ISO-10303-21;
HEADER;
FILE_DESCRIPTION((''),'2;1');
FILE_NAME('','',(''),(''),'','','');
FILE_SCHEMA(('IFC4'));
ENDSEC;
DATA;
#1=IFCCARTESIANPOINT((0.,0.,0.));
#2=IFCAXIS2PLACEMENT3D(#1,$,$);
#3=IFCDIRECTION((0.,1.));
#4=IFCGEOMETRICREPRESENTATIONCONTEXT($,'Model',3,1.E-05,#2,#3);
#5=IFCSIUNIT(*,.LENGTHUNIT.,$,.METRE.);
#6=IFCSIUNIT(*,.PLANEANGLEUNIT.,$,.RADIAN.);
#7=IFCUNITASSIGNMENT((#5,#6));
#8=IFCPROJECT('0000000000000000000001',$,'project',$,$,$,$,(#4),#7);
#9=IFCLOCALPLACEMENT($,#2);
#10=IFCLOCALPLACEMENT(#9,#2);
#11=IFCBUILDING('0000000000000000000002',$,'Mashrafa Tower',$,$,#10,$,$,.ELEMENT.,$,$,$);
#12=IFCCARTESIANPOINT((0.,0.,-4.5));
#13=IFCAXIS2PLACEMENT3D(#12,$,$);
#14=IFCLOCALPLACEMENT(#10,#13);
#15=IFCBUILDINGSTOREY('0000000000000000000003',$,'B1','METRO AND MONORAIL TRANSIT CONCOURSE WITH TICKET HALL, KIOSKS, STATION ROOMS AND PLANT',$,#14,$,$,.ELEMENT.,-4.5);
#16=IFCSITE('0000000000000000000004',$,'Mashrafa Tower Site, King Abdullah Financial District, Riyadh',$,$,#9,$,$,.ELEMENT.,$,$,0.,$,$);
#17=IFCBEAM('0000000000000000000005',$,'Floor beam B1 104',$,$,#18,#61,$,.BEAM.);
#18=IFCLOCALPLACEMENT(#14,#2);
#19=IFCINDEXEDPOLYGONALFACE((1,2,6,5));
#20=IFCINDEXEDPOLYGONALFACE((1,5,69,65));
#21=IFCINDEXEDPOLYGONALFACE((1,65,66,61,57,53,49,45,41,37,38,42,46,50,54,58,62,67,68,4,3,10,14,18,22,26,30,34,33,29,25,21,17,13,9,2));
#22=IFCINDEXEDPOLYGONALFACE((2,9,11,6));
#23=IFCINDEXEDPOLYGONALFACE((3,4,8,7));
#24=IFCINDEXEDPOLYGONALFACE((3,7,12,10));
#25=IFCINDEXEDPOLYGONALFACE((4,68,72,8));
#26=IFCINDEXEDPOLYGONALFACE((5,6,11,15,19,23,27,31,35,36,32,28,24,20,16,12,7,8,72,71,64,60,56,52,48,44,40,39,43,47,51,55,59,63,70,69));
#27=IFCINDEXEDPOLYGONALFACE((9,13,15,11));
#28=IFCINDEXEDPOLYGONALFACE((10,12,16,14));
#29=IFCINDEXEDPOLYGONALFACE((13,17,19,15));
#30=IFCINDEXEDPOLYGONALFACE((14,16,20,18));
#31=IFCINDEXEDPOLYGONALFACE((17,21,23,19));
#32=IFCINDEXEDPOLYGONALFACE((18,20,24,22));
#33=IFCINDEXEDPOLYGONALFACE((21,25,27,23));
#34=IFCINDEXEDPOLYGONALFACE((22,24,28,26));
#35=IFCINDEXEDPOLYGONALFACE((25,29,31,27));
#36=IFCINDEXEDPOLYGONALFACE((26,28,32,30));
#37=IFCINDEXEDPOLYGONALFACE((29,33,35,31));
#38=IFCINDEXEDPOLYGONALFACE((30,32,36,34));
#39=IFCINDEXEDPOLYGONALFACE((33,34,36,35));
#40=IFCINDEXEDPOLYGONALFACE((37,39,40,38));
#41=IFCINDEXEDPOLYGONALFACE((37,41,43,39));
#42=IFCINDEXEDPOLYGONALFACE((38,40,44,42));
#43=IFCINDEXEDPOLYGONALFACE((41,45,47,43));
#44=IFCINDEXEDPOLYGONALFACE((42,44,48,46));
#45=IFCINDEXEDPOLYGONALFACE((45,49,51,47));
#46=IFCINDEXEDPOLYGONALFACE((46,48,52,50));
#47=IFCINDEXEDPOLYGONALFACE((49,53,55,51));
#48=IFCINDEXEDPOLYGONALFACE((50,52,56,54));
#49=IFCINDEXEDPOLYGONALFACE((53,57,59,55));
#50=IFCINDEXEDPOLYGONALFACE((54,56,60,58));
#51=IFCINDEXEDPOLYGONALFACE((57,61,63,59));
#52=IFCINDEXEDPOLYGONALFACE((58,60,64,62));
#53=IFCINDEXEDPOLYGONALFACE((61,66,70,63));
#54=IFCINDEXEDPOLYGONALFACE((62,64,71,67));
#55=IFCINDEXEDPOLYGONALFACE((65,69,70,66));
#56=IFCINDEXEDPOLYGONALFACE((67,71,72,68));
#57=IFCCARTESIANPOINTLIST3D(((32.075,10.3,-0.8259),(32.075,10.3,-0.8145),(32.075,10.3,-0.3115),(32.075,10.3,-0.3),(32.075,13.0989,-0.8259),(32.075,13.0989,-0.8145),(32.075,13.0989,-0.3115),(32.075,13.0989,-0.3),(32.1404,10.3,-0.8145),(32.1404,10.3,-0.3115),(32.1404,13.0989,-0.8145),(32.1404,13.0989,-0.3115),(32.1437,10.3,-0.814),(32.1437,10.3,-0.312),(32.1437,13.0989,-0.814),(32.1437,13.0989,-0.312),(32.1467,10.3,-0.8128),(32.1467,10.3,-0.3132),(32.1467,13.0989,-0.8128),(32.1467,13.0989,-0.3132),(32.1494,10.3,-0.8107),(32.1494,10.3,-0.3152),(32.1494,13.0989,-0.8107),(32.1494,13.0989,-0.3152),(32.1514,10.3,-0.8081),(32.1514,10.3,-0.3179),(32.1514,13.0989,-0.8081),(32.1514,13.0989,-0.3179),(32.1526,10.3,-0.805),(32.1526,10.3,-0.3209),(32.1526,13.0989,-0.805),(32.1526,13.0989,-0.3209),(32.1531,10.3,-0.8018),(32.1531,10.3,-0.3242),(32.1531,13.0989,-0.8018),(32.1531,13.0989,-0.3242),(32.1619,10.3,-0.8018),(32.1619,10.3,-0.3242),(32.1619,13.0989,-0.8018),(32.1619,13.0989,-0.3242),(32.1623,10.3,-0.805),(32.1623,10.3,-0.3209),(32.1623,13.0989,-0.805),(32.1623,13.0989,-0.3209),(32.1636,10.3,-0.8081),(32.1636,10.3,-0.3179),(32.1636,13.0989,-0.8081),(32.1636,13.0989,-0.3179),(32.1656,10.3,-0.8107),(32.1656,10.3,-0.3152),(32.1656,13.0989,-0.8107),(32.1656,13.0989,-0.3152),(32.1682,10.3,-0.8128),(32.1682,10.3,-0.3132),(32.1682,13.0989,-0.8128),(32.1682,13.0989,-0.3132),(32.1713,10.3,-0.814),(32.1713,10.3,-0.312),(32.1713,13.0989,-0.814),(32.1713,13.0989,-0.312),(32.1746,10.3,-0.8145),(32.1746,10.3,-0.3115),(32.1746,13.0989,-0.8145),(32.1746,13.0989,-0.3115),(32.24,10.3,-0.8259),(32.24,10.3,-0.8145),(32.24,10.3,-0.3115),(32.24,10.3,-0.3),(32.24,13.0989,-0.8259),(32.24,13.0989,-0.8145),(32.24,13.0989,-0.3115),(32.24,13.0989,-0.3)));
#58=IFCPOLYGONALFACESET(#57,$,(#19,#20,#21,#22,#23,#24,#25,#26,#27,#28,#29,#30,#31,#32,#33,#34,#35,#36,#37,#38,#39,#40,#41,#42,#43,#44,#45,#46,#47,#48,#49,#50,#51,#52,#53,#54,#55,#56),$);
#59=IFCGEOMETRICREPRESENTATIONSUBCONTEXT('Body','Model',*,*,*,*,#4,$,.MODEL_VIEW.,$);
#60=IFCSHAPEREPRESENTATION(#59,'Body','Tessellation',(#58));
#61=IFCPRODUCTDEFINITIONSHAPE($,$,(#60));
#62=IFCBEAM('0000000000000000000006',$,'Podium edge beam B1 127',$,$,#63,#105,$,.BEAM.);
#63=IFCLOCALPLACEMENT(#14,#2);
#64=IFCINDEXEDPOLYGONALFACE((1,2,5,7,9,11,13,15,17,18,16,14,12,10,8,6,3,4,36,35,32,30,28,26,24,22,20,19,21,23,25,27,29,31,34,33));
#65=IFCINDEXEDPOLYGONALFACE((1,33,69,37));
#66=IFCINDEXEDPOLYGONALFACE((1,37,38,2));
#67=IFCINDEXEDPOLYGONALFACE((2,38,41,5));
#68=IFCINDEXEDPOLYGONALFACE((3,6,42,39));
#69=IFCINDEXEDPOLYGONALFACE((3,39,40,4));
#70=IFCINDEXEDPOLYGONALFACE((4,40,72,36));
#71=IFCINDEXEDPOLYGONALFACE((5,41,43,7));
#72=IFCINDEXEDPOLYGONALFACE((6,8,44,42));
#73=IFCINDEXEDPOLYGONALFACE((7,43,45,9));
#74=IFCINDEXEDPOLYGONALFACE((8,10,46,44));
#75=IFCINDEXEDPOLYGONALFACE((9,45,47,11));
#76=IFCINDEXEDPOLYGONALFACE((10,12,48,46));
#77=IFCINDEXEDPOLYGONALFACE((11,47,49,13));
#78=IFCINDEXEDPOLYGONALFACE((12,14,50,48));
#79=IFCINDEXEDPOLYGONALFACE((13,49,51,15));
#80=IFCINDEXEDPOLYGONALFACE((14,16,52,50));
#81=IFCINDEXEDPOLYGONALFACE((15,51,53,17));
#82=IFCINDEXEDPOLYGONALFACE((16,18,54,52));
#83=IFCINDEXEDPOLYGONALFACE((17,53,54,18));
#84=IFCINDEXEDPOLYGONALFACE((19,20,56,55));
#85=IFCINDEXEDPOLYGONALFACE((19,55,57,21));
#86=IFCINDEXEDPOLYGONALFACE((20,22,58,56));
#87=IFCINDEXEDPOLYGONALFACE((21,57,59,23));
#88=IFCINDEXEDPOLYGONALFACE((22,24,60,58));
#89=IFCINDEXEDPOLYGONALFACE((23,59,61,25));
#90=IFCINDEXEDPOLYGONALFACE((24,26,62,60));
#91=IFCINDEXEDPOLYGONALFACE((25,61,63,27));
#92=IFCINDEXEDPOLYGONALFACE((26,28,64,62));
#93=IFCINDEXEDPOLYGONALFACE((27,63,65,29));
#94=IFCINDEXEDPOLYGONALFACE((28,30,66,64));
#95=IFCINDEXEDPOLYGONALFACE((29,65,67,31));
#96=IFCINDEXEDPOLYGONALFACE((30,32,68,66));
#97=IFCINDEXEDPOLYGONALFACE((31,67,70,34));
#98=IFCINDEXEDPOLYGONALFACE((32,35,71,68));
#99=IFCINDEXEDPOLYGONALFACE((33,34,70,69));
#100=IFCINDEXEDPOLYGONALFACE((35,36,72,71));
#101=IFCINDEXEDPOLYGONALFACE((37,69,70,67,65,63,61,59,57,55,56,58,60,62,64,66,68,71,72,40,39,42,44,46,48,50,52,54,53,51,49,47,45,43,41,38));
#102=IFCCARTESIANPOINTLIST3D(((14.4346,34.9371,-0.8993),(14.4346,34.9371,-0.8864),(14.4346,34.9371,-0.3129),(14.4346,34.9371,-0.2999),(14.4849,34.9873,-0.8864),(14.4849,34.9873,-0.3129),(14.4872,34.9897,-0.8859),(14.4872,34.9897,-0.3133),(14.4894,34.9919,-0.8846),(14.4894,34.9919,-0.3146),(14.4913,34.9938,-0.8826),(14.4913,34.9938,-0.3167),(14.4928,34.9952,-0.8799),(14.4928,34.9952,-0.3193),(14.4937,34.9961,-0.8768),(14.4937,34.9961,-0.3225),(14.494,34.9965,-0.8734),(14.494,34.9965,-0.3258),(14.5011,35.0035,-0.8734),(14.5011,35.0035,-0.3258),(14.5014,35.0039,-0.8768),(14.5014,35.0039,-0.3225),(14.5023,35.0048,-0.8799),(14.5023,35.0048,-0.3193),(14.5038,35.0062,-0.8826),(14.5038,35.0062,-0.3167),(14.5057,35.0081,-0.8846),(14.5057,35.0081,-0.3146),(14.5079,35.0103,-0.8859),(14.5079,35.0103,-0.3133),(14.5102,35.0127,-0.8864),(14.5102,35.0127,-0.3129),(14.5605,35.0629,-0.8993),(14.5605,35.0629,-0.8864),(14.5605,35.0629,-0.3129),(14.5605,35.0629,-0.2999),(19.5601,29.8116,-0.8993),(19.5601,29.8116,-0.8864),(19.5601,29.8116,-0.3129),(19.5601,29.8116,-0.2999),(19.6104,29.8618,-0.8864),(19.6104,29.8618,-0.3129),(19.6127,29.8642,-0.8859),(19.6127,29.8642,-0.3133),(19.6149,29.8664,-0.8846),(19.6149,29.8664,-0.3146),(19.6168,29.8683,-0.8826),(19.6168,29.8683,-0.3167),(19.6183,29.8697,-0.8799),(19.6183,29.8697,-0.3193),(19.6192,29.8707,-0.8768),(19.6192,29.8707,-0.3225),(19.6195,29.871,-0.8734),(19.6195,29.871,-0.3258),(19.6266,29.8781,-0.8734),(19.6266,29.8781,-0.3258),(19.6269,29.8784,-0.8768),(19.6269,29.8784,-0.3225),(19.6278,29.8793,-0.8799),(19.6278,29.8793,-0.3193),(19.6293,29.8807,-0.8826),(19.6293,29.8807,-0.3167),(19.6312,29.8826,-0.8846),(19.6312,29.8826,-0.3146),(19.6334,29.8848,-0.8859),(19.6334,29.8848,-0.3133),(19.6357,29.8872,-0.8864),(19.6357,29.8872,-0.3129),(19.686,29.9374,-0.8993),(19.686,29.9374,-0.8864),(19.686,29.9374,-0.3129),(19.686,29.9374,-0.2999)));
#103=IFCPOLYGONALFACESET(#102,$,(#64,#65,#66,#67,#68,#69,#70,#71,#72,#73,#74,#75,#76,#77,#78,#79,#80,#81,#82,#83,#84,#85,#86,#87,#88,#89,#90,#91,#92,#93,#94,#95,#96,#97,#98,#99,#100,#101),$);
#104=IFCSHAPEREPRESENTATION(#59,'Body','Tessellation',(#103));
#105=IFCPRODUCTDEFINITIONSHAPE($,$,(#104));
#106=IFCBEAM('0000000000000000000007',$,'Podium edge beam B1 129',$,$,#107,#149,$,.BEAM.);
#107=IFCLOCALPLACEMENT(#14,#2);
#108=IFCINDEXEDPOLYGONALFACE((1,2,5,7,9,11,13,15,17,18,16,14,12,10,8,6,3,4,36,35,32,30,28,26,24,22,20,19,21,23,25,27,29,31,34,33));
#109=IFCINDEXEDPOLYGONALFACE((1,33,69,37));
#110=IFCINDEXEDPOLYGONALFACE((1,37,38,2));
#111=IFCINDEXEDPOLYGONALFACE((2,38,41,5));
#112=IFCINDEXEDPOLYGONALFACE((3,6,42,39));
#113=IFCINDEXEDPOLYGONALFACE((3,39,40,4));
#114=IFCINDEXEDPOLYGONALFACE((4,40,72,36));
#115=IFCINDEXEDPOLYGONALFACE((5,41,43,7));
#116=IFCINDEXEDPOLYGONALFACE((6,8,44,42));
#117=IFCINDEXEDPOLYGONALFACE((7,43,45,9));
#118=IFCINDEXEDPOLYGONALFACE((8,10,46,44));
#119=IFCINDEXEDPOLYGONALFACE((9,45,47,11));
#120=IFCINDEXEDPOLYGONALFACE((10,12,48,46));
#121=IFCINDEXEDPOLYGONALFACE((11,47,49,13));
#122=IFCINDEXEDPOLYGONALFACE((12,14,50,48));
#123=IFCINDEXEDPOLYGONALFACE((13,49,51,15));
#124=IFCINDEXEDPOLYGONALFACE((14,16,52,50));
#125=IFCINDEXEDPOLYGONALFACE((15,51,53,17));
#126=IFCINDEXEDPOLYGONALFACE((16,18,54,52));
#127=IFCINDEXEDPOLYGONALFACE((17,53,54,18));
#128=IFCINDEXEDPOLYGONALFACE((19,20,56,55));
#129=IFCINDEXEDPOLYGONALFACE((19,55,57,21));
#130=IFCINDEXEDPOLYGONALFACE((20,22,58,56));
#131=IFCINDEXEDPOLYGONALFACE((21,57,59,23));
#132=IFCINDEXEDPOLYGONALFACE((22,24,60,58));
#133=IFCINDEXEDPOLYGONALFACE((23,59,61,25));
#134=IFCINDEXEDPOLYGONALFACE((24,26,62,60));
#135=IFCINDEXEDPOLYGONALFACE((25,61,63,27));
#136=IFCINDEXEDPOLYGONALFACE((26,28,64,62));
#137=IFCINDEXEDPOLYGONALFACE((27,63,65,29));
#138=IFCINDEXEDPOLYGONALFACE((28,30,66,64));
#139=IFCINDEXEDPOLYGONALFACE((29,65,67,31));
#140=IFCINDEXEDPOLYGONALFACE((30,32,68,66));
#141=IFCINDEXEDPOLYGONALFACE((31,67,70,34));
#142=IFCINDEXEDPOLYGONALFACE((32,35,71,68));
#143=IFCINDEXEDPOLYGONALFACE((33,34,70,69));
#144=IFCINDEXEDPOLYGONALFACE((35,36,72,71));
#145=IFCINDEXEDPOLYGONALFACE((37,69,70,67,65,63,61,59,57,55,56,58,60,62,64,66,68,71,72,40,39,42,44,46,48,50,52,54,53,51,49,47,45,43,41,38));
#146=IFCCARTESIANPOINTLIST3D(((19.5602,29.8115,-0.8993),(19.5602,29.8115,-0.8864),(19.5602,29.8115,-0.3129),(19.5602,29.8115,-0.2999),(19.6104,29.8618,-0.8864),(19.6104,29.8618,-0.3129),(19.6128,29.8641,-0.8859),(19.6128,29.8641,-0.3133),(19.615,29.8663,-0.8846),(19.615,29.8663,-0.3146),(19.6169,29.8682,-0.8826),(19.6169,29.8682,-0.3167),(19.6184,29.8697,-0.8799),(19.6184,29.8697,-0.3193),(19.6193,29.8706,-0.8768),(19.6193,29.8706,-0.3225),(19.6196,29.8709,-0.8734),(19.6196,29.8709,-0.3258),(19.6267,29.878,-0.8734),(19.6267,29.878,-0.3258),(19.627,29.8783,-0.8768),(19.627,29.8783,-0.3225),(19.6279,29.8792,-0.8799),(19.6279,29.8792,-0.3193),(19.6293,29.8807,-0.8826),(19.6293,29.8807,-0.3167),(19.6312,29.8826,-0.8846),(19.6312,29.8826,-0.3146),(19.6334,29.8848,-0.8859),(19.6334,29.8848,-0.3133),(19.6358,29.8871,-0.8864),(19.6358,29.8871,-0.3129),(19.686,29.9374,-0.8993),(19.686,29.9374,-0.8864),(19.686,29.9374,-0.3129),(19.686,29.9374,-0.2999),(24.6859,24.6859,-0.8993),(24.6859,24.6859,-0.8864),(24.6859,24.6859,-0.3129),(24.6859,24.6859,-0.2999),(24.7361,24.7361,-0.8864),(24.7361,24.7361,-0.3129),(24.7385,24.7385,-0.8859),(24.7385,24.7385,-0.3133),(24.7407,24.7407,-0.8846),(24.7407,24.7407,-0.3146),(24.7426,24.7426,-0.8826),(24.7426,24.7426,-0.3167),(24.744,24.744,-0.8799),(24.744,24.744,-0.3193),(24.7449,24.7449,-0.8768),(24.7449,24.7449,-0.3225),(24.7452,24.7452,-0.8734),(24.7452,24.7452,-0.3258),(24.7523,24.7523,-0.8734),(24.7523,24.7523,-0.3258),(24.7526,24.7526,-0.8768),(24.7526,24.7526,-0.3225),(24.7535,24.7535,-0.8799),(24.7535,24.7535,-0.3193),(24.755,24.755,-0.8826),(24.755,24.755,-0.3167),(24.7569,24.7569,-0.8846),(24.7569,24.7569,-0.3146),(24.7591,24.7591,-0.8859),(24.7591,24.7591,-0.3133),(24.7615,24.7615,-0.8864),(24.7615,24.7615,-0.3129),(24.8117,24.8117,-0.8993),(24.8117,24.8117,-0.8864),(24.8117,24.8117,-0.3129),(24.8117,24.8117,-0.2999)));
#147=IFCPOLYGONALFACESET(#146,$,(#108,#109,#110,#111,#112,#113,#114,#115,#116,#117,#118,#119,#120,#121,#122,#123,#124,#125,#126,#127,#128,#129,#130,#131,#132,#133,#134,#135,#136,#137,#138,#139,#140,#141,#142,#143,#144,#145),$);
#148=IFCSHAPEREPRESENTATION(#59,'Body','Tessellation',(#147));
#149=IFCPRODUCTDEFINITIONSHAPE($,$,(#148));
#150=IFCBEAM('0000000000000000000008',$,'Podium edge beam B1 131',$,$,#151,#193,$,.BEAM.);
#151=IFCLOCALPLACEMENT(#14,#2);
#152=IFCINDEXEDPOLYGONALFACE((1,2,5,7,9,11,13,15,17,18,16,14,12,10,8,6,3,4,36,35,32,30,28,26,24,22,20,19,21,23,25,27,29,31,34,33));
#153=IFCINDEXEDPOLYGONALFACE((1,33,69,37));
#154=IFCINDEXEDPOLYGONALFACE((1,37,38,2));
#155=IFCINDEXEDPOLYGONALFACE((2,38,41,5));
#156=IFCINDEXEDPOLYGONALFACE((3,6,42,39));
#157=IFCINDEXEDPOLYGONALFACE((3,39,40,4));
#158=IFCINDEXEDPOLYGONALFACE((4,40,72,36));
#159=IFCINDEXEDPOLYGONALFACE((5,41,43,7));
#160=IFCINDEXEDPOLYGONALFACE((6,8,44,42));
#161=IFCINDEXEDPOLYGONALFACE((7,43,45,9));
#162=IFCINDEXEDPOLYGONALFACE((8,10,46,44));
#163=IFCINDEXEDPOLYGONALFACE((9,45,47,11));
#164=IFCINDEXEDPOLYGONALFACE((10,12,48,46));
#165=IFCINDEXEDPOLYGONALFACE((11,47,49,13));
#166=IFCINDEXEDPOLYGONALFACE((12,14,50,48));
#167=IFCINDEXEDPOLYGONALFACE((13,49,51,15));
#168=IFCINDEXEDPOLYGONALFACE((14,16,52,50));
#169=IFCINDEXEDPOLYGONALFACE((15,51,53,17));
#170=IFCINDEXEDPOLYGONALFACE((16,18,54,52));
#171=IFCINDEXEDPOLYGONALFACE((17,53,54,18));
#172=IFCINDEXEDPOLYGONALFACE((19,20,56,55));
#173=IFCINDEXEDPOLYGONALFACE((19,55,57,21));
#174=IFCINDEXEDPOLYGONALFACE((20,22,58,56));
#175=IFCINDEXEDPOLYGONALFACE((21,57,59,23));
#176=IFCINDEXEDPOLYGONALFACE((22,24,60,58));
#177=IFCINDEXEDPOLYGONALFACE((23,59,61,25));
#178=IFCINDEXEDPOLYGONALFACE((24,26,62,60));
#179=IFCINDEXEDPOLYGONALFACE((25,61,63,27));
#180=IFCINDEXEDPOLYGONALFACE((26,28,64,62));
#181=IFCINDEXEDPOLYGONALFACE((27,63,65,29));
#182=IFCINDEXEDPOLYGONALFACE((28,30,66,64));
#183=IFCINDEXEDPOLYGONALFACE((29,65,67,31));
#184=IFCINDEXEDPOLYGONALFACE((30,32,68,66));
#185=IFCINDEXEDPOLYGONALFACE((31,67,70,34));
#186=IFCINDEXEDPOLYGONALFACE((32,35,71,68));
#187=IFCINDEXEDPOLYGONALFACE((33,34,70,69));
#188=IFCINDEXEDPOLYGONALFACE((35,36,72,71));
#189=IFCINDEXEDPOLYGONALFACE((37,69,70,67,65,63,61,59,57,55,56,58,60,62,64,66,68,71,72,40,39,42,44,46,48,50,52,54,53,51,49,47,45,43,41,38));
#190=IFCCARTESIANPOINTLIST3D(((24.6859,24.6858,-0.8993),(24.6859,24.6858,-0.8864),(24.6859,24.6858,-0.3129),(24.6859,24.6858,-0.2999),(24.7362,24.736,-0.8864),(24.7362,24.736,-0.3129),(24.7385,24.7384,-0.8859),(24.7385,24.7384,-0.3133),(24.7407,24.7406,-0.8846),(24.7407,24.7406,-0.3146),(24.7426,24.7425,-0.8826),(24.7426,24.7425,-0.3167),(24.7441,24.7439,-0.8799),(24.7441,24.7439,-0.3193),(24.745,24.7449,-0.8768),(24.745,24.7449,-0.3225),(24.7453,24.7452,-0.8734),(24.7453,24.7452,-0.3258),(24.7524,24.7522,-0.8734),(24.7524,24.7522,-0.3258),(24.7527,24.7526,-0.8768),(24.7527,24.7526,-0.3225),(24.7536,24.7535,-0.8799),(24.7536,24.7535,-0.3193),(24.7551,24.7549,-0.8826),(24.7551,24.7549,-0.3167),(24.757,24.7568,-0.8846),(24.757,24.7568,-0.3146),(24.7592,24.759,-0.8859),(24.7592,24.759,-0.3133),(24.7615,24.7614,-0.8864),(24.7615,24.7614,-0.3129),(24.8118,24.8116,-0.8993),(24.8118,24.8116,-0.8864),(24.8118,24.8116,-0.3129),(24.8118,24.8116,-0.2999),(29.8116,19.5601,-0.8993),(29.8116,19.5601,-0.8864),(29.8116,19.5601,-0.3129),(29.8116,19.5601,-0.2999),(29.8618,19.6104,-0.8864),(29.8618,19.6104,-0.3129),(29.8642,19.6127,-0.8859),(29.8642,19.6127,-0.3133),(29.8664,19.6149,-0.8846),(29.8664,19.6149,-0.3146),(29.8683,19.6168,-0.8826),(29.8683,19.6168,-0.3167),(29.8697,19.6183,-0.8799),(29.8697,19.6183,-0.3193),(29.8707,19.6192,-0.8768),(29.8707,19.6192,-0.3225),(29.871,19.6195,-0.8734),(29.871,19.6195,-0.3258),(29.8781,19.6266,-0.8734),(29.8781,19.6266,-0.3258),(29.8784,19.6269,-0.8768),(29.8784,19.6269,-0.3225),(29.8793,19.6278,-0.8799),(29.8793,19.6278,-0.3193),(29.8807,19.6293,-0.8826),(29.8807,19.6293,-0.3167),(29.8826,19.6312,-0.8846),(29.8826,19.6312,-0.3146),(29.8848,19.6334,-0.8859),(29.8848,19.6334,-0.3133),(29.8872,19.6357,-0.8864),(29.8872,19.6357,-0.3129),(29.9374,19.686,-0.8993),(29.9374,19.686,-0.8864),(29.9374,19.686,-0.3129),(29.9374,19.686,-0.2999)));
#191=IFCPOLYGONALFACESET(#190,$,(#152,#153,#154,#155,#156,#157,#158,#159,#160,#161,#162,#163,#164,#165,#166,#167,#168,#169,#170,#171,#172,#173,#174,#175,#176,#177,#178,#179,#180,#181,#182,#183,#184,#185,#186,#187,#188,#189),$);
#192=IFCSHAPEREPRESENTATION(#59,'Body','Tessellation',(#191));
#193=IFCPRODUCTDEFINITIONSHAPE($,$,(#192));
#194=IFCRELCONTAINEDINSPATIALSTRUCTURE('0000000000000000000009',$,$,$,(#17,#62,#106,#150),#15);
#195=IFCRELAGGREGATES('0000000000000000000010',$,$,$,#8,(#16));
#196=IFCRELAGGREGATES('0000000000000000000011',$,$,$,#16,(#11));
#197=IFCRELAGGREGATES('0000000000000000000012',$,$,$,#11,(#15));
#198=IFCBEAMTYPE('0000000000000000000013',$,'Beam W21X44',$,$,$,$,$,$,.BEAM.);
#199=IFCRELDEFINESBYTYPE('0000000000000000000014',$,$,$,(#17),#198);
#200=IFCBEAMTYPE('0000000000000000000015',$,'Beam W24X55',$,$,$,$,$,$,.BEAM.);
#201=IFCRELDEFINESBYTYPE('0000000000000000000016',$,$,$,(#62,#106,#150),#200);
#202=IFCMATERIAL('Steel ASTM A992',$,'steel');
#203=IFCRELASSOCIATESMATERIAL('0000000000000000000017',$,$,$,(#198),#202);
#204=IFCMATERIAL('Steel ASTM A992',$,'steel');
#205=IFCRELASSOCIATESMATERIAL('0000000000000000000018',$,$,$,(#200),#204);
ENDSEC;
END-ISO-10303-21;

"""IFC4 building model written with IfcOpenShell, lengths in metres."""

from ifc_helpers import new_model, si_unit, direction, frame, origin, origin_2d, place, context, subcontext, project, spatial, i_section, extrude, material, material_profile, profile_set, type_object, element, save


model = new_model("IFC4")

# Units and contexts
model_context = context("Model", 3, precision=1e-05, world=origin(), true_north=direction((0.0, 1.0)))
body_context = subcontext(model_context, "Body", "Model", "MODEL_VIEW")
ifc_project = project(units=[si_unit("LENGTHUNIT", "METRE"), si_unit("PLANEANGLEUNIT", "RADIAN")], contexts=[model_context])

# Site, building, storey
site_placement = place(None, origin())
site = spatial("IfcSite", under=ifc_project, at=site_placement, Name="Mashrafa Tower Site, King Abdullah Financial District, Riyadh", CompositionType="ELEMENT", RefElevation=0.0)
building_placement = place(site_placement, origin())
building = spatial("IfcBuilding", under=site, at=building_placement, Name="Mashrafa Tower", CompositionType="ELEMENT")
storey_placement = place(building_placement, frame((0.0, 0.0, -4.5)))
storey = spatial("IfcBuildingStorey", under=building, at=storey_placement, Name="B1", Description="METRO AND MONORAIL TRANSIT CONCOURSE WITH TICKET HALL, KIOSKS, STATION ROOMS AND PLANT", CompositionType="ELEMENT", Elevation=-4.5)

# Beams
ifc_material_1 = material(Name="Steel ASTM A992", Category="steel")
ifc_material_profile_1 = material_profile(ifc_material_1, i_section(OverallWidth=0.165, OverallDepth=0.5259, WebThickness=0.0088, FlangeThickness=0.0115, FilletRadius=0.0127, at=origin_2d()), Name="W21X44")
ifc_profile_set_1 = profile_set([ifc_material_profile_1], Name="Steel ASTM A992")
beam_type_1 = type_object("IfcBeamType", Name="Beam W21X44", PredefinedType="BEAM", material=ifc_profile_set_1)
beam_1_placement = place(storey_placement, frame((32.1575, 13.0989, -0.563), z_axis=(0.0, -1.0, 0.0), x_axis=(1.0, 0.0, 0.0)))
element("IfcBeam", 1, at=beam_1_placement, inside=storey, type_object=beam_type_1, Name="Floor beam B1 104", PredefinedType="BEAM", context=body_context, shape_type="SweptSolid", body=[
    extrude(i_section(OverallWidth=0.165, OverallDepth=0.5259, WebThickness=0.0088, FlangeThickness=0.0115, FilletRadius=0.0127, at=origin_2d()), origin(), (0.0, 0.0, 1.0), 2.7988),
])
ifc_material_2 = material(Name="Steel ASTM A992", Category="steel")
ifc_material_profile_2 = material_profile(ifc_material_2, i_section(OverallWidth=0.178, OverallDepth=0.5994, WebThickness=0.01, FlangeThickness=0.0129, FilletRadius=0.0129, at=origin_2d()), Name="W24X55")
ifc_profile_set_2 = profile_set([ifc_material_profile_2], Name="Steel ASTM A992")
beam_type_2 = type_object("IfcBeamType", Name="Beam W24X55", PredefinedType="BEAM", material=ifc_profile_set_2)
beam_2_placement = place(storey_placement, frame((19.623, 29.8745, -0.5996), z_axis=(-0.707107, 0.707107, 0.0), x_axis=(-0.707107, -0.707107, 0.0)))
element("IfcBeam", 2, at=beam_2_placement, inside=storey, type_object=beam_type_2, Name="Podium edge beam B1 127", PredefinedType="BEAM", context=body_context, shape_type="SweptSolid", body=[
    extrude(i_section(OverallWidth=0.178, OverallDepth=0.5994, WebThickness=0.01, FlangeThickness=0.0129, FilletRadius=0.0129, at=origin_2d()), origin(), (0.0, 0.0, 1.0), 7.2485),
])
for number, where, z_axis, x_axis, name in (
    (3, (24.7488, 24.7488, -0.5996), (-0.707107, 0.707107, 0.0), (-0.707107, -0.707107, 0.0), "Podium edge beam B1 129"),
    (4, (29.8745, 19.623, -0.5996), (-0.707107, 0.707107, 0.0), (-0.707107, -0.707107, 0.0), "Podium edge beam B1 131"),
):
    element("IfcBeam", number, at=place(storey_placement, frame(where, z_axis=z_axis, x_axis=x_axis)), inside=storey, type_object=beam_type_2, Name=name, PredefinedType="BEAM", context=body_context, shape_type="SweptSolid", body=[
        extrude(i_section(OverallWidth=0.178, OverallDepth=0.5994, WebThickness=0.01, FlangeThickness=0.0129, FilletRadius=0.0129, at=origin_2d()), origin(), (0.0, 0.0, 1.0), 7.2488),
    ])

save(model, "model.ifc")
